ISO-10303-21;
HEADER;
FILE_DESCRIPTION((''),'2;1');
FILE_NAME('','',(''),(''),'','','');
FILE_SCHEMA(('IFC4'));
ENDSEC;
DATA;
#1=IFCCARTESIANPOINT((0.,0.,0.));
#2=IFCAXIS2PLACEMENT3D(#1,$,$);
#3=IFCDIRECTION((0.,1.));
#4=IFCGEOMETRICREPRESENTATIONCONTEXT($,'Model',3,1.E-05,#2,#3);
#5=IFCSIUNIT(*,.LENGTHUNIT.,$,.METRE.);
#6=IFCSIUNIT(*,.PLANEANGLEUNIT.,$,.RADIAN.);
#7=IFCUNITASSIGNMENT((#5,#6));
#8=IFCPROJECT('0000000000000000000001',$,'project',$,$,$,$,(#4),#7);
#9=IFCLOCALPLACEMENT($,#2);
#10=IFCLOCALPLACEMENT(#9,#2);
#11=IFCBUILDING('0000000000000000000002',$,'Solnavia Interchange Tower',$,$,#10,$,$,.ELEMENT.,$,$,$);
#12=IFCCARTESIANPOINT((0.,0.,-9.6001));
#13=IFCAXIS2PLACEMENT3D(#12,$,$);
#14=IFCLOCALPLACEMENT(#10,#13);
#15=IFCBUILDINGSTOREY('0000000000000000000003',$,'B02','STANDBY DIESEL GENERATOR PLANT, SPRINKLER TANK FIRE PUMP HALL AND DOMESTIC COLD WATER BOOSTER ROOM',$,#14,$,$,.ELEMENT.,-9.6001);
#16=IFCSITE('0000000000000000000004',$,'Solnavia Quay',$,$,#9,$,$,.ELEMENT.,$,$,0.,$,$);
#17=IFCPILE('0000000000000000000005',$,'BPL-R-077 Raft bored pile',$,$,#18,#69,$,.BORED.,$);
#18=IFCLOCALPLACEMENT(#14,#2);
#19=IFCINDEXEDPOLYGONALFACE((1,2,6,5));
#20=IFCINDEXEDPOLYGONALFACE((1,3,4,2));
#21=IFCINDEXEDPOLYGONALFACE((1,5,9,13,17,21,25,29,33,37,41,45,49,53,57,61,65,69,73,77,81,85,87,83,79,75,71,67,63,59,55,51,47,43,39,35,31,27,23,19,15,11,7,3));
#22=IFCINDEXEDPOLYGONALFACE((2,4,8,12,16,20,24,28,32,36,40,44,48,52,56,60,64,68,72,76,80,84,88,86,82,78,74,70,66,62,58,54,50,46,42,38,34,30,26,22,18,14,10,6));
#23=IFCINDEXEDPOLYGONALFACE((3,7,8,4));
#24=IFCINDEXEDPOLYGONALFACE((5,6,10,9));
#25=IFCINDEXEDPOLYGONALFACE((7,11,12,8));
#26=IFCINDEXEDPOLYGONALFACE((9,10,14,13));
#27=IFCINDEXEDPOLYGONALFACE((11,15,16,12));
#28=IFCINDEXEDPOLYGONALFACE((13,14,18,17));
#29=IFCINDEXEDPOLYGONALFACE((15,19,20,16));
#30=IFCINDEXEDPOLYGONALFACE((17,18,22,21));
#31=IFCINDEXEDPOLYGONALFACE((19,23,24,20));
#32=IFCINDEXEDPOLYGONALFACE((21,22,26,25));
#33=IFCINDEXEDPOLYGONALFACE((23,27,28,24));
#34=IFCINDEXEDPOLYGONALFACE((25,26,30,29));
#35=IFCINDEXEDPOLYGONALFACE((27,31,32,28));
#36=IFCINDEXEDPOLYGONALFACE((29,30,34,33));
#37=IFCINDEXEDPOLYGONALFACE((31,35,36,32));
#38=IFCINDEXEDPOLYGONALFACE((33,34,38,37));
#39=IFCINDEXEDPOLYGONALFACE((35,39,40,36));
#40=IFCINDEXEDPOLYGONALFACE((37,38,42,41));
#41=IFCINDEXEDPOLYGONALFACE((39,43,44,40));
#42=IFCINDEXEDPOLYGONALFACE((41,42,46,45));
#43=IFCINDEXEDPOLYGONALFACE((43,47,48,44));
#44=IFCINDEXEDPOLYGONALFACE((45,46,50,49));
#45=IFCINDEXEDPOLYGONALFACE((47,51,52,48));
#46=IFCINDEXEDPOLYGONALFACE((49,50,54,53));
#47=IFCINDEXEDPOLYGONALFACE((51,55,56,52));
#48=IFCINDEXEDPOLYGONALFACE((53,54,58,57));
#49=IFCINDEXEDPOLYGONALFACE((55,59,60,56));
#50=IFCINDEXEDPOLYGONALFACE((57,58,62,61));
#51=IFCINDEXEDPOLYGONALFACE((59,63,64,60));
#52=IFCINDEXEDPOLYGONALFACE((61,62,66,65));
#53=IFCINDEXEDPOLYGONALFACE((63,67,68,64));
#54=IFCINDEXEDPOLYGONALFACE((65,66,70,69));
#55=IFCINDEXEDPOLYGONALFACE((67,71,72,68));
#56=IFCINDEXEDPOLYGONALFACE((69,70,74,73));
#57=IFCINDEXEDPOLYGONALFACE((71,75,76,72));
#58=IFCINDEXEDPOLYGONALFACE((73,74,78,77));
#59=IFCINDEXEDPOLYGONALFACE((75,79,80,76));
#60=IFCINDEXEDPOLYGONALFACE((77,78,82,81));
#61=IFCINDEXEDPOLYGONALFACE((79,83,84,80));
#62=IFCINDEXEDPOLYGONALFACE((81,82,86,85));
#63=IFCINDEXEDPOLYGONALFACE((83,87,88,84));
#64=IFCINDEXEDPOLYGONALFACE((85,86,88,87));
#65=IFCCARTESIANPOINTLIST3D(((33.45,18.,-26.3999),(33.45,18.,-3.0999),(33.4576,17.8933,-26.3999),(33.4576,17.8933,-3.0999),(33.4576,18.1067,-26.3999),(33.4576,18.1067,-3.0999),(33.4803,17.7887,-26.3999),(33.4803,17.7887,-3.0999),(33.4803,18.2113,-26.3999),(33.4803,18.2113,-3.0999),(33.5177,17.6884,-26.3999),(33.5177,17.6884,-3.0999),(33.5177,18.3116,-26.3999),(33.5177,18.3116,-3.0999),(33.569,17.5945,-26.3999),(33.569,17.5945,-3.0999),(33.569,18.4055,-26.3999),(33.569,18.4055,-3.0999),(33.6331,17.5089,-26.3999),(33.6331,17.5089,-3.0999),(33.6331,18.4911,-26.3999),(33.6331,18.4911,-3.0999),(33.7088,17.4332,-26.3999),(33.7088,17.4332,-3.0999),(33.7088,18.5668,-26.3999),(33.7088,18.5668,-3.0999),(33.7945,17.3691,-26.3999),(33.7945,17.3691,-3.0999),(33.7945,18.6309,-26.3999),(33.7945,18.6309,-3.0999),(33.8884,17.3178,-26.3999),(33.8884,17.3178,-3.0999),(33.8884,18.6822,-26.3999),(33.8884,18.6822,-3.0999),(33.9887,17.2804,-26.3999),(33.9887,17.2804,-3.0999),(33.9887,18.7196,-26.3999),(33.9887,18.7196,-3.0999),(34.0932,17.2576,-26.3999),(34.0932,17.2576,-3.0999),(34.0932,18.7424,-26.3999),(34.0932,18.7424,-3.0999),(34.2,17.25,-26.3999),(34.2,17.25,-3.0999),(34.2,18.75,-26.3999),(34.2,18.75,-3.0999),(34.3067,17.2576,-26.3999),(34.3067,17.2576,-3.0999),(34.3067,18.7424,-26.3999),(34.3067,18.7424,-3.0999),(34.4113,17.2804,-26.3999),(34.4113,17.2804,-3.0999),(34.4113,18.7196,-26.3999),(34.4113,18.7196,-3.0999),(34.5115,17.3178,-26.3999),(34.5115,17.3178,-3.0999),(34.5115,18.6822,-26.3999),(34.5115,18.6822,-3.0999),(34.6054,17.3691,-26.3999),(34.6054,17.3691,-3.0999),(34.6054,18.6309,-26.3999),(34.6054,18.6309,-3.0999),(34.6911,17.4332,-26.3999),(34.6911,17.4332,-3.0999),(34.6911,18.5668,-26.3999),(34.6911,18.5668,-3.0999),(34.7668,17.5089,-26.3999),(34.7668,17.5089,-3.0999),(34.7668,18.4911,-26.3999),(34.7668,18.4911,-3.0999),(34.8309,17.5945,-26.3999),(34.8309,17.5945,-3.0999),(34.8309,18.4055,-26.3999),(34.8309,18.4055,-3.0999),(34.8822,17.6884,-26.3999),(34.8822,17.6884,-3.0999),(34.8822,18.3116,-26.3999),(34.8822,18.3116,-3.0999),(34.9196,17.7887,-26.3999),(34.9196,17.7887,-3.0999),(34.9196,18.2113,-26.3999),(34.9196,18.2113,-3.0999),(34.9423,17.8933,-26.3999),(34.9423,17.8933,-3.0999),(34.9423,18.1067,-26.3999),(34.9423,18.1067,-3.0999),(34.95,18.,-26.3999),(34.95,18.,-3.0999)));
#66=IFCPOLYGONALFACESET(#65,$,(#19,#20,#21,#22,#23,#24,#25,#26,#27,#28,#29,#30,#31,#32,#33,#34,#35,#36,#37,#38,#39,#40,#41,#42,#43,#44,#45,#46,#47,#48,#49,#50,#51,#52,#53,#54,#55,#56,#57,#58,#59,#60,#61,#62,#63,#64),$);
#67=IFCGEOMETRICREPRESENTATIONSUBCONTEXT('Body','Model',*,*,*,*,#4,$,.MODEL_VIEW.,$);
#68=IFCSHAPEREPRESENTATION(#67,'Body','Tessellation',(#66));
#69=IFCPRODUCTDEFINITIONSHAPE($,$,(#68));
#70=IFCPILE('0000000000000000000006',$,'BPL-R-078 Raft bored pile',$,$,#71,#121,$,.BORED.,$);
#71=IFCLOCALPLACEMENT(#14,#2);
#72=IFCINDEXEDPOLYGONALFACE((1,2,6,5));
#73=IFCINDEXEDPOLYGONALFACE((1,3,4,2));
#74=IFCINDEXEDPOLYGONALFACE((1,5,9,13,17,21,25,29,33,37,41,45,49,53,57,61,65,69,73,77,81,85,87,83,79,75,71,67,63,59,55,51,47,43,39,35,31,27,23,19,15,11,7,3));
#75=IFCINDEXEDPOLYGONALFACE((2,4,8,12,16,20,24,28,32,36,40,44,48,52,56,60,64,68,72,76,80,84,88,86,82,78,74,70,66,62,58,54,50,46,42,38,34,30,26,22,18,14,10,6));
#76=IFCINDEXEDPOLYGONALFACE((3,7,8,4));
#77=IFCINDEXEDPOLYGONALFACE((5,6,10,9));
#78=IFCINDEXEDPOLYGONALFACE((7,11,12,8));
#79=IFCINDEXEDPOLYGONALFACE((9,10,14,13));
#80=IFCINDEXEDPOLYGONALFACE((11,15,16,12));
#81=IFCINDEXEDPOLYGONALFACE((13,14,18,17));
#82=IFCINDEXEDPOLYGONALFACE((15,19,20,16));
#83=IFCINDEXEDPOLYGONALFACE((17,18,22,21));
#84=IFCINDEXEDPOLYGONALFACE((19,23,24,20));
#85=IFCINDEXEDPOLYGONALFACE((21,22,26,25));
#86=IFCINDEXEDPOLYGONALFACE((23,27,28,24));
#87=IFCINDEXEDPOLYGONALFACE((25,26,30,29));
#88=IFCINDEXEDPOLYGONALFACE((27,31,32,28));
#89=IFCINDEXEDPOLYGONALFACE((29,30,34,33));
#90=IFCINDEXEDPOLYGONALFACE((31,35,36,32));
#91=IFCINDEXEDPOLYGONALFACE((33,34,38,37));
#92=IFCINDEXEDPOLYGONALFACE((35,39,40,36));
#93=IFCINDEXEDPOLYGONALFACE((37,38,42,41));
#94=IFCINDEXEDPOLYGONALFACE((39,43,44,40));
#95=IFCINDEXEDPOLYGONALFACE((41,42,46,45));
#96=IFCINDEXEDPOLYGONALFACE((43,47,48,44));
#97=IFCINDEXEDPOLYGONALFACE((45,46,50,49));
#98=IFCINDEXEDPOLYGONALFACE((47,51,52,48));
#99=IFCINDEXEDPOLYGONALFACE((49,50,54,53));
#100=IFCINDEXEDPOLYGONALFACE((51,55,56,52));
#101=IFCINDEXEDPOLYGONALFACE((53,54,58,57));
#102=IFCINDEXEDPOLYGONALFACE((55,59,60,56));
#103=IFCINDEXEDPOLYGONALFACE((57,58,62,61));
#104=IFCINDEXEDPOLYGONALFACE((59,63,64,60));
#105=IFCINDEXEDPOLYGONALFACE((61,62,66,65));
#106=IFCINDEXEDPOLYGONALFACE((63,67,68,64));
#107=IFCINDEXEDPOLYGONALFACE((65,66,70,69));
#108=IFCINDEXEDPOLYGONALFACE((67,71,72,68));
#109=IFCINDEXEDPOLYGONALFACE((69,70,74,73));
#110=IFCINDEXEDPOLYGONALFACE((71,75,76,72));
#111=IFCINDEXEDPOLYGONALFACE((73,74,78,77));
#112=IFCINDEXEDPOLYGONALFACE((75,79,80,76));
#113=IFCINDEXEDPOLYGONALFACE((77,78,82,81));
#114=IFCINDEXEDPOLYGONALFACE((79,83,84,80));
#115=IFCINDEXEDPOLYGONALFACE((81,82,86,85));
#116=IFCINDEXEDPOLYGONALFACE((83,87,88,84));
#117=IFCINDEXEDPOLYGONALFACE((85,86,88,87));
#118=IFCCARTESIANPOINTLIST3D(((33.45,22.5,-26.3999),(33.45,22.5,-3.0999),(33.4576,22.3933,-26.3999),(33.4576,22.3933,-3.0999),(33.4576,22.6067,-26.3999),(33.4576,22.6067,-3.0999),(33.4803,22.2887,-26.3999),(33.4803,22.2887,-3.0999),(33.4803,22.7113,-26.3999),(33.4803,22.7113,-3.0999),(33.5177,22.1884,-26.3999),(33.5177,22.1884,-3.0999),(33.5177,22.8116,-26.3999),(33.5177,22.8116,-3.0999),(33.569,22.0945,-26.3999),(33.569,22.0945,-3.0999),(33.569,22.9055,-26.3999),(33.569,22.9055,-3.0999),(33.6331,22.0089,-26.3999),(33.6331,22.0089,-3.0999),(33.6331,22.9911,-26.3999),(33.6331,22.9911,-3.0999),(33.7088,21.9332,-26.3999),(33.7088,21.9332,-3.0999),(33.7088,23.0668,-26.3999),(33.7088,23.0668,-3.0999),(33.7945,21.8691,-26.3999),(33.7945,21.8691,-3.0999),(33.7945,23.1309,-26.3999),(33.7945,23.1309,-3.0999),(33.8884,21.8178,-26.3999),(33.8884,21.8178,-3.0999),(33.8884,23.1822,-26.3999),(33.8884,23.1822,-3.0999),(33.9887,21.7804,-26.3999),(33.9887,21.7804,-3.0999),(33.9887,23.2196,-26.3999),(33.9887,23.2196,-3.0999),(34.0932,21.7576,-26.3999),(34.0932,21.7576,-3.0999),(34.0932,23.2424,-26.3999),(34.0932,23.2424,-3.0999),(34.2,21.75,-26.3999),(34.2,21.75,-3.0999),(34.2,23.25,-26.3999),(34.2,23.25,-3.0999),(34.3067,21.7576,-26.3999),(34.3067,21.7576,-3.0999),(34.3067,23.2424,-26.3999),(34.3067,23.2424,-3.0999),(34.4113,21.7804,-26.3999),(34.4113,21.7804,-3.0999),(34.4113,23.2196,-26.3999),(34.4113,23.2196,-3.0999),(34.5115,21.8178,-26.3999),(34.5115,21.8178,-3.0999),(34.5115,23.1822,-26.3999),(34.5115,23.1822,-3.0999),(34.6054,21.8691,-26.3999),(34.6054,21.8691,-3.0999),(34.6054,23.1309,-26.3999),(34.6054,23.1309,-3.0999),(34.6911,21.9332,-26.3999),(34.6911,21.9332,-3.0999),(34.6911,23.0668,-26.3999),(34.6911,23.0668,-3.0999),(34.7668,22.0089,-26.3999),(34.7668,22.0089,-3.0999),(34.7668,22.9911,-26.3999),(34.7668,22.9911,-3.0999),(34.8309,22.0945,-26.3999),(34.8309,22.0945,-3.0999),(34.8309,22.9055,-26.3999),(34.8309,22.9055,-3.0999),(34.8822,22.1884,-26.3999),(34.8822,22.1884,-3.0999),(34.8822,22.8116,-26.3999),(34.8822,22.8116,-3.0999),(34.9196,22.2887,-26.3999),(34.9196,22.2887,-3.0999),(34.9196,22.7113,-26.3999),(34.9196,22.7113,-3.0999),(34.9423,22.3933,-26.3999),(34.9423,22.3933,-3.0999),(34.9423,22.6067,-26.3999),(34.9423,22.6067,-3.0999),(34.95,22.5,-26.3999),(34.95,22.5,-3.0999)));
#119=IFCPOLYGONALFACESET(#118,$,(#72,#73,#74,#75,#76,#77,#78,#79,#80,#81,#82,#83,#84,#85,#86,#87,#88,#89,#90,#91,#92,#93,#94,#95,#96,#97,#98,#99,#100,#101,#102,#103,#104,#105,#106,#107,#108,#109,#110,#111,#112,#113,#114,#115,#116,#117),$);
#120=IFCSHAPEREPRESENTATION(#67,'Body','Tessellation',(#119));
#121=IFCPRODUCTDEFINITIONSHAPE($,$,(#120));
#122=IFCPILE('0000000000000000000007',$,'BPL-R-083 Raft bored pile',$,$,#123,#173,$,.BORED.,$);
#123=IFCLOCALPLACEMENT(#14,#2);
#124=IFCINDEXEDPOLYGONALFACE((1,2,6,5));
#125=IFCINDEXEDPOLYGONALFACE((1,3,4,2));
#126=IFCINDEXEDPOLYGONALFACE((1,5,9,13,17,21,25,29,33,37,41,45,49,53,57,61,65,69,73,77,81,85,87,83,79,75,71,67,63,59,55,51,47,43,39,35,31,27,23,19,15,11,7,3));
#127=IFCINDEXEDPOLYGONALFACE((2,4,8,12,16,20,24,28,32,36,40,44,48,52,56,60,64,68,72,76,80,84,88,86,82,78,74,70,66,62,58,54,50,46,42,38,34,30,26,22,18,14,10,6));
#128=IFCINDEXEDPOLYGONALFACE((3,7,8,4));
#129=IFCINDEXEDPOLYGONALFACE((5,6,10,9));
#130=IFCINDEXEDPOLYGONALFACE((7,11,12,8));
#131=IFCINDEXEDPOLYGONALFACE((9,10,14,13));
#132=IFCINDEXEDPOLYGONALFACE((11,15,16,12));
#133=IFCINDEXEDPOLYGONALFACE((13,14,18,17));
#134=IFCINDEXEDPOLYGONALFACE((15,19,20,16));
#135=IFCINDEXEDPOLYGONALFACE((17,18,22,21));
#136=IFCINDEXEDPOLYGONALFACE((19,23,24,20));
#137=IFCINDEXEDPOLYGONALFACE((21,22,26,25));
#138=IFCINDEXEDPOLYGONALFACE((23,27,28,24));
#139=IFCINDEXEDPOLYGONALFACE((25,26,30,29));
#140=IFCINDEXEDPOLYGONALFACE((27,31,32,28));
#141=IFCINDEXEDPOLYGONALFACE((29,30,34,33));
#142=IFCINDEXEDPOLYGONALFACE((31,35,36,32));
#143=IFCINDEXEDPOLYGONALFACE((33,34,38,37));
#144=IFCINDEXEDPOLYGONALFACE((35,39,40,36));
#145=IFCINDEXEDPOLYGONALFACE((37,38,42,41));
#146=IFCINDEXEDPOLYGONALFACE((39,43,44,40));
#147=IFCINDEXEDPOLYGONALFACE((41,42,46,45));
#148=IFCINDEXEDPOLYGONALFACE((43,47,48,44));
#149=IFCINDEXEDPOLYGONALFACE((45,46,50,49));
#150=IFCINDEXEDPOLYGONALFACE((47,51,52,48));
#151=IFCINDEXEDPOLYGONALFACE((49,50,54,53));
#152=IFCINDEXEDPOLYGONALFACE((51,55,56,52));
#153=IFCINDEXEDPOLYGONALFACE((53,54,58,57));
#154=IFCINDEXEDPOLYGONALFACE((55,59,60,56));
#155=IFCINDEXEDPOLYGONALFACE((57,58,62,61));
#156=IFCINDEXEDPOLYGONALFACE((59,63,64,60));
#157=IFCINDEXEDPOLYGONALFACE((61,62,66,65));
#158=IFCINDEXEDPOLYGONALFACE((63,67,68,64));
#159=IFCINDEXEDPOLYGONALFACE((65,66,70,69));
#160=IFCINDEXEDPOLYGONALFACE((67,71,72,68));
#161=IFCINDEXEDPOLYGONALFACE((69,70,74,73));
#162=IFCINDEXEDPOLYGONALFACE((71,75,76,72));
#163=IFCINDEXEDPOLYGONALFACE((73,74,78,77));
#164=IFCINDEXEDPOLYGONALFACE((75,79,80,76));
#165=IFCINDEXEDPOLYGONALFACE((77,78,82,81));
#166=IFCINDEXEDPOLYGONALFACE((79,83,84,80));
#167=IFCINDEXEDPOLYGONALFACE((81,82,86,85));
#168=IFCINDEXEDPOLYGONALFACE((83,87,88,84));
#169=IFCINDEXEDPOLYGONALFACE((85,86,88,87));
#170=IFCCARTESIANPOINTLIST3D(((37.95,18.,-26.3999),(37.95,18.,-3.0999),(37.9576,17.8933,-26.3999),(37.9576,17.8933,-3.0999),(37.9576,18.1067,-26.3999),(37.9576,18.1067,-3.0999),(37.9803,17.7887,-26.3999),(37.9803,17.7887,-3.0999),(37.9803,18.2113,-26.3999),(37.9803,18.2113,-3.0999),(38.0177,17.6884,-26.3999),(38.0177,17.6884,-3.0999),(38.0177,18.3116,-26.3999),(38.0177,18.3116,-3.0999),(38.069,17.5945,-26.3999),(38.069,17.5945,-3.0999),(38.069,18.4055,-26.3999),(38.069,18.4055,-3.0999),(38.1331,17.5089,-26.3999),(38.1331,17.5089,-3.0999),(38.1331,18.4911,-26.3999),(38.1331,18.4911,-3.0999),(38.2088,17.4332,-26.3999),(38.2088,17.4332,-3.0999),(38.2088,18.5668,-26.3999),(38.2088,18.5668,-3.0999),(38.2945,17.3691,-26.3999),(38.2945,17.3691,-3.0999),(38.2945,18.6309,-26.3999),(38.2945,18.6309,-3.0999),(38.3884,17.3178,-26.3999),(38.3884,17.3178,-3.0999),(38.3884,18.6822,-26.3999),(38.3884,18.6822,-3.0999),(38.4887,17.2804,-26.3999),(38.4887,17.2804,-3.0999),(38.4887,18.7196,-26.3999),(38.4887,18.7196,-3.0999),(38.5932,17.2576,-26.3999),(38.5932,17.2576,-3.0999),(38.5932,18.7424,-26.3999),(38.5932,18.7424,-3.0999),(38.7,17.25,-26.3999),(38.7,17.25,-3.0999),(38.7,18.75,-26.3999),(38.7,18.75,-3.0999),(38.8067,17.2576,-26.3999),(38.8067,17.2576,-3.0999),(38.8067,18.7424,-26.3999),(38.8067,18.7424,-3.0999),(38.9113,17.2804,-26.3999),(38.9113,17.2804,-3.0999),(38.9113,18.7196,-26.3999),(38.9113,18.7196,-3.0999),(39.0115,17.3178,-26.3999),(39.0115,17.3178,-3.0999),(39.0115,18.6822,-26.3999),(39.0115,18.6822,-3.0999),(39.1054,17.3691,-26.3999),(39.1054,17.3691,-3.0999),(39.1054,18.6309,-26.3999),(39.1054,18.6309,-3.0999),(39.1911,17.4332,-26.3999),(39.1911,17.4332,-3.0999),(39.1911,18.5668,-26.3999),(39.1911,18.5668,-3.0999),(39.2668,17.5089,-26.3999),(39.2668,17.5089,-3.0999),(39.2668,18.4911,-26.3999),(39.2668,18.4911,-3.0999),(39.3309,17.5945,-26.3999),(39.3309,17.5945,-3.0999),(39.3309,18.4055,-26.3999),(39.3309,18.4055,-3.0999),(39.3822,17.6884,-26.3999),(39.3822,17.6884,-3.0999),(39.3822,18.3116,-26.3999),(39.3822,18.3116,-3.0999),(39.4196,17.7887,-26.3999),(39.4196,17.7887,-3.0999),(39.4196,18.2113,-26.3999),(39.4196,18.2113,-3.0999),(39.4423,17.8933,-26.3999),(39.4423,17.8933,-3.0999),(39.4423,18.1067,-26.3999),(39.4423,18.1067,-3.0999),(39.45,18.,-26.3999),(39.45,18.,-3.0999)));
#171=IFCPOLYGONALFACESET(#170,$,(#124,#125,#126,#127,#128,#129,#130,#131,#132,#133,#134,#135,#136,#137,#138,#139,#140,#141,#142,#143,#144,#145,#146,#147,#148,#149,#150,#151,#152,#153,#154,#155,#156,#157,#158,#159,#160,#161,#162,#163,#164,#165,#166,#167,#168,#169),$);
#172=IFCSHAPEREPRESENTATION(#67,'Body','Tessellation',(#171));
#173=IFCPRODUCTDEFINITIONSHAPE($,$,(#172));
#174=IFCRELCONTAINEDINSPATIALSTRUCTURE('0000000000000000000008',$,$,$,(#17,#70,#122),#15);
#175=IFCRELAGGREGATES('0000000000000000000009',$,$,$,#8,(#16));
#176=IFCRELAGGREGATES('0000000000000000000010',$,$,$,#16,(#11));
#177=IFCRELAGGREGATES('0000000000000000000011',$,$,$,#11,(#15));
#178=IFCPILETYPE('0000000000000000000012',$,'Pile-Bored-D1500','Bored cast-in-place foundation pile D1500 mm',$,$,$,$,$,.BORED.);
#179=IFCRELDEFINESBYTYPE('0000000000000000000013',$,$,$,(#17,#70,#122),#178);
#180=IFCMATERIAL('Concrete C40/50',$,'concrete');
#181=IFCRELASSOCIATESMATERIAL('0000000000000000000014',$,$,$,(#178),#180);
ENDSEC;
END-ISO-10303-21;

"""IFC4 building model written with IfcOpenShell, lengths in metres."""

from ifc_helpers import new_model, si_unit, direction, frame, origin, origin_2d, place, context, subcontext, project, spatial, circle, extrude, material, material_profile, profile_set, type_object, element, save


model = new_model("IFC4")

# Units and contexts
model_context = context("Model", 3, precision=1e-05, world=origin(), true_north=direction((0.0, 1.0)))
body_context = subcontext(model_context, "Body", "Model", "MODEL_VIEW")
ifc_project = project(units=[si_unit("LENGTHUNIT", "METRE"), si_unit("PLANEANGLEUNIT", "RADIAN")], contexts=[model_context])

# Site, building, storey
site_placement = place(None, origin())
site = spatial("IfcSite", under=ifc_project, at=site_placement, Name="Solnavia Quay", CompositionType="ELEMENT", RefElevation=0.0)
building_placement = place(site_placement, origin())
building = spatial("IfcBuilding", under=site, at=building_placement, Name="Solnavia Interchange Tower", CompositionType="ELEMENT")
storey_placement = place(building_placement, frame((0.0, 0.0, -9.6001)))
storey = spatial("IfcBuildingStorey", under=building, at=storey_placement, Name="B02", Description="STANDBY DIESEL GENERATOR PLANT, SPRINKLER TANK FIRE PUMP HALL AND DOMESTIC COLD WATER BOOSTER ROOM", CompositionType="ELEMENT", Elevation=-9.6001)

# Piles
ifc_material_1 = material(Name="Concrete C40/50", Category="concrete")
ifc_material_profile_1 = material_profile(ifc_material_1, circle(Radius=0.75, at=origin_2d()), Name="PILE D1500")
ifc_profile_set_1 = profile_set([ifc_material_profile_1], Name="Concrete C40/50")
pile_type = type_object("IfcPileType", Name="Pile-Bored-D1500", Description="Bored cast-in-place foundation pile D1500 mm", PredefinedType="BORED", material=ifc_profile_set_1)
for number, where, z_axis, x_axis, name in (
    (1, (34.2, 18.0, -3.0999), (0.0, 0.0, -1.0), (1.0, 0.0, 0.0), "BPL-R-077 Raft bored pile"),
    (2, (34.2, 22.5, -3.0999), (0.0, 0.0, -1.0), (1.0, 0.0, 0.0), "BPL-R-078 Raft bored pile"),
    (3, (38.7, 18.0, -3.0999), (0.0, 0.0, -1.0), (1.0, 0.0, 0.0), "BPL-R-083 Raft bored pile"),
):
    element("IfcPile", number, at=place(storey_placement, frame(where, z_axis=z_axis, x_axis=x_axis)), inside=storey, type_object=pile_type, Name=name, PredefinedType="BORED", context=body_context, shape_type="SweptSolid", body=[
        extrude(circle(Radius=0.75, at=origin_2d()), origin(), (0.0, 0.0, 1.0), 23.3),
    ])

save(model, "model.ifc")
